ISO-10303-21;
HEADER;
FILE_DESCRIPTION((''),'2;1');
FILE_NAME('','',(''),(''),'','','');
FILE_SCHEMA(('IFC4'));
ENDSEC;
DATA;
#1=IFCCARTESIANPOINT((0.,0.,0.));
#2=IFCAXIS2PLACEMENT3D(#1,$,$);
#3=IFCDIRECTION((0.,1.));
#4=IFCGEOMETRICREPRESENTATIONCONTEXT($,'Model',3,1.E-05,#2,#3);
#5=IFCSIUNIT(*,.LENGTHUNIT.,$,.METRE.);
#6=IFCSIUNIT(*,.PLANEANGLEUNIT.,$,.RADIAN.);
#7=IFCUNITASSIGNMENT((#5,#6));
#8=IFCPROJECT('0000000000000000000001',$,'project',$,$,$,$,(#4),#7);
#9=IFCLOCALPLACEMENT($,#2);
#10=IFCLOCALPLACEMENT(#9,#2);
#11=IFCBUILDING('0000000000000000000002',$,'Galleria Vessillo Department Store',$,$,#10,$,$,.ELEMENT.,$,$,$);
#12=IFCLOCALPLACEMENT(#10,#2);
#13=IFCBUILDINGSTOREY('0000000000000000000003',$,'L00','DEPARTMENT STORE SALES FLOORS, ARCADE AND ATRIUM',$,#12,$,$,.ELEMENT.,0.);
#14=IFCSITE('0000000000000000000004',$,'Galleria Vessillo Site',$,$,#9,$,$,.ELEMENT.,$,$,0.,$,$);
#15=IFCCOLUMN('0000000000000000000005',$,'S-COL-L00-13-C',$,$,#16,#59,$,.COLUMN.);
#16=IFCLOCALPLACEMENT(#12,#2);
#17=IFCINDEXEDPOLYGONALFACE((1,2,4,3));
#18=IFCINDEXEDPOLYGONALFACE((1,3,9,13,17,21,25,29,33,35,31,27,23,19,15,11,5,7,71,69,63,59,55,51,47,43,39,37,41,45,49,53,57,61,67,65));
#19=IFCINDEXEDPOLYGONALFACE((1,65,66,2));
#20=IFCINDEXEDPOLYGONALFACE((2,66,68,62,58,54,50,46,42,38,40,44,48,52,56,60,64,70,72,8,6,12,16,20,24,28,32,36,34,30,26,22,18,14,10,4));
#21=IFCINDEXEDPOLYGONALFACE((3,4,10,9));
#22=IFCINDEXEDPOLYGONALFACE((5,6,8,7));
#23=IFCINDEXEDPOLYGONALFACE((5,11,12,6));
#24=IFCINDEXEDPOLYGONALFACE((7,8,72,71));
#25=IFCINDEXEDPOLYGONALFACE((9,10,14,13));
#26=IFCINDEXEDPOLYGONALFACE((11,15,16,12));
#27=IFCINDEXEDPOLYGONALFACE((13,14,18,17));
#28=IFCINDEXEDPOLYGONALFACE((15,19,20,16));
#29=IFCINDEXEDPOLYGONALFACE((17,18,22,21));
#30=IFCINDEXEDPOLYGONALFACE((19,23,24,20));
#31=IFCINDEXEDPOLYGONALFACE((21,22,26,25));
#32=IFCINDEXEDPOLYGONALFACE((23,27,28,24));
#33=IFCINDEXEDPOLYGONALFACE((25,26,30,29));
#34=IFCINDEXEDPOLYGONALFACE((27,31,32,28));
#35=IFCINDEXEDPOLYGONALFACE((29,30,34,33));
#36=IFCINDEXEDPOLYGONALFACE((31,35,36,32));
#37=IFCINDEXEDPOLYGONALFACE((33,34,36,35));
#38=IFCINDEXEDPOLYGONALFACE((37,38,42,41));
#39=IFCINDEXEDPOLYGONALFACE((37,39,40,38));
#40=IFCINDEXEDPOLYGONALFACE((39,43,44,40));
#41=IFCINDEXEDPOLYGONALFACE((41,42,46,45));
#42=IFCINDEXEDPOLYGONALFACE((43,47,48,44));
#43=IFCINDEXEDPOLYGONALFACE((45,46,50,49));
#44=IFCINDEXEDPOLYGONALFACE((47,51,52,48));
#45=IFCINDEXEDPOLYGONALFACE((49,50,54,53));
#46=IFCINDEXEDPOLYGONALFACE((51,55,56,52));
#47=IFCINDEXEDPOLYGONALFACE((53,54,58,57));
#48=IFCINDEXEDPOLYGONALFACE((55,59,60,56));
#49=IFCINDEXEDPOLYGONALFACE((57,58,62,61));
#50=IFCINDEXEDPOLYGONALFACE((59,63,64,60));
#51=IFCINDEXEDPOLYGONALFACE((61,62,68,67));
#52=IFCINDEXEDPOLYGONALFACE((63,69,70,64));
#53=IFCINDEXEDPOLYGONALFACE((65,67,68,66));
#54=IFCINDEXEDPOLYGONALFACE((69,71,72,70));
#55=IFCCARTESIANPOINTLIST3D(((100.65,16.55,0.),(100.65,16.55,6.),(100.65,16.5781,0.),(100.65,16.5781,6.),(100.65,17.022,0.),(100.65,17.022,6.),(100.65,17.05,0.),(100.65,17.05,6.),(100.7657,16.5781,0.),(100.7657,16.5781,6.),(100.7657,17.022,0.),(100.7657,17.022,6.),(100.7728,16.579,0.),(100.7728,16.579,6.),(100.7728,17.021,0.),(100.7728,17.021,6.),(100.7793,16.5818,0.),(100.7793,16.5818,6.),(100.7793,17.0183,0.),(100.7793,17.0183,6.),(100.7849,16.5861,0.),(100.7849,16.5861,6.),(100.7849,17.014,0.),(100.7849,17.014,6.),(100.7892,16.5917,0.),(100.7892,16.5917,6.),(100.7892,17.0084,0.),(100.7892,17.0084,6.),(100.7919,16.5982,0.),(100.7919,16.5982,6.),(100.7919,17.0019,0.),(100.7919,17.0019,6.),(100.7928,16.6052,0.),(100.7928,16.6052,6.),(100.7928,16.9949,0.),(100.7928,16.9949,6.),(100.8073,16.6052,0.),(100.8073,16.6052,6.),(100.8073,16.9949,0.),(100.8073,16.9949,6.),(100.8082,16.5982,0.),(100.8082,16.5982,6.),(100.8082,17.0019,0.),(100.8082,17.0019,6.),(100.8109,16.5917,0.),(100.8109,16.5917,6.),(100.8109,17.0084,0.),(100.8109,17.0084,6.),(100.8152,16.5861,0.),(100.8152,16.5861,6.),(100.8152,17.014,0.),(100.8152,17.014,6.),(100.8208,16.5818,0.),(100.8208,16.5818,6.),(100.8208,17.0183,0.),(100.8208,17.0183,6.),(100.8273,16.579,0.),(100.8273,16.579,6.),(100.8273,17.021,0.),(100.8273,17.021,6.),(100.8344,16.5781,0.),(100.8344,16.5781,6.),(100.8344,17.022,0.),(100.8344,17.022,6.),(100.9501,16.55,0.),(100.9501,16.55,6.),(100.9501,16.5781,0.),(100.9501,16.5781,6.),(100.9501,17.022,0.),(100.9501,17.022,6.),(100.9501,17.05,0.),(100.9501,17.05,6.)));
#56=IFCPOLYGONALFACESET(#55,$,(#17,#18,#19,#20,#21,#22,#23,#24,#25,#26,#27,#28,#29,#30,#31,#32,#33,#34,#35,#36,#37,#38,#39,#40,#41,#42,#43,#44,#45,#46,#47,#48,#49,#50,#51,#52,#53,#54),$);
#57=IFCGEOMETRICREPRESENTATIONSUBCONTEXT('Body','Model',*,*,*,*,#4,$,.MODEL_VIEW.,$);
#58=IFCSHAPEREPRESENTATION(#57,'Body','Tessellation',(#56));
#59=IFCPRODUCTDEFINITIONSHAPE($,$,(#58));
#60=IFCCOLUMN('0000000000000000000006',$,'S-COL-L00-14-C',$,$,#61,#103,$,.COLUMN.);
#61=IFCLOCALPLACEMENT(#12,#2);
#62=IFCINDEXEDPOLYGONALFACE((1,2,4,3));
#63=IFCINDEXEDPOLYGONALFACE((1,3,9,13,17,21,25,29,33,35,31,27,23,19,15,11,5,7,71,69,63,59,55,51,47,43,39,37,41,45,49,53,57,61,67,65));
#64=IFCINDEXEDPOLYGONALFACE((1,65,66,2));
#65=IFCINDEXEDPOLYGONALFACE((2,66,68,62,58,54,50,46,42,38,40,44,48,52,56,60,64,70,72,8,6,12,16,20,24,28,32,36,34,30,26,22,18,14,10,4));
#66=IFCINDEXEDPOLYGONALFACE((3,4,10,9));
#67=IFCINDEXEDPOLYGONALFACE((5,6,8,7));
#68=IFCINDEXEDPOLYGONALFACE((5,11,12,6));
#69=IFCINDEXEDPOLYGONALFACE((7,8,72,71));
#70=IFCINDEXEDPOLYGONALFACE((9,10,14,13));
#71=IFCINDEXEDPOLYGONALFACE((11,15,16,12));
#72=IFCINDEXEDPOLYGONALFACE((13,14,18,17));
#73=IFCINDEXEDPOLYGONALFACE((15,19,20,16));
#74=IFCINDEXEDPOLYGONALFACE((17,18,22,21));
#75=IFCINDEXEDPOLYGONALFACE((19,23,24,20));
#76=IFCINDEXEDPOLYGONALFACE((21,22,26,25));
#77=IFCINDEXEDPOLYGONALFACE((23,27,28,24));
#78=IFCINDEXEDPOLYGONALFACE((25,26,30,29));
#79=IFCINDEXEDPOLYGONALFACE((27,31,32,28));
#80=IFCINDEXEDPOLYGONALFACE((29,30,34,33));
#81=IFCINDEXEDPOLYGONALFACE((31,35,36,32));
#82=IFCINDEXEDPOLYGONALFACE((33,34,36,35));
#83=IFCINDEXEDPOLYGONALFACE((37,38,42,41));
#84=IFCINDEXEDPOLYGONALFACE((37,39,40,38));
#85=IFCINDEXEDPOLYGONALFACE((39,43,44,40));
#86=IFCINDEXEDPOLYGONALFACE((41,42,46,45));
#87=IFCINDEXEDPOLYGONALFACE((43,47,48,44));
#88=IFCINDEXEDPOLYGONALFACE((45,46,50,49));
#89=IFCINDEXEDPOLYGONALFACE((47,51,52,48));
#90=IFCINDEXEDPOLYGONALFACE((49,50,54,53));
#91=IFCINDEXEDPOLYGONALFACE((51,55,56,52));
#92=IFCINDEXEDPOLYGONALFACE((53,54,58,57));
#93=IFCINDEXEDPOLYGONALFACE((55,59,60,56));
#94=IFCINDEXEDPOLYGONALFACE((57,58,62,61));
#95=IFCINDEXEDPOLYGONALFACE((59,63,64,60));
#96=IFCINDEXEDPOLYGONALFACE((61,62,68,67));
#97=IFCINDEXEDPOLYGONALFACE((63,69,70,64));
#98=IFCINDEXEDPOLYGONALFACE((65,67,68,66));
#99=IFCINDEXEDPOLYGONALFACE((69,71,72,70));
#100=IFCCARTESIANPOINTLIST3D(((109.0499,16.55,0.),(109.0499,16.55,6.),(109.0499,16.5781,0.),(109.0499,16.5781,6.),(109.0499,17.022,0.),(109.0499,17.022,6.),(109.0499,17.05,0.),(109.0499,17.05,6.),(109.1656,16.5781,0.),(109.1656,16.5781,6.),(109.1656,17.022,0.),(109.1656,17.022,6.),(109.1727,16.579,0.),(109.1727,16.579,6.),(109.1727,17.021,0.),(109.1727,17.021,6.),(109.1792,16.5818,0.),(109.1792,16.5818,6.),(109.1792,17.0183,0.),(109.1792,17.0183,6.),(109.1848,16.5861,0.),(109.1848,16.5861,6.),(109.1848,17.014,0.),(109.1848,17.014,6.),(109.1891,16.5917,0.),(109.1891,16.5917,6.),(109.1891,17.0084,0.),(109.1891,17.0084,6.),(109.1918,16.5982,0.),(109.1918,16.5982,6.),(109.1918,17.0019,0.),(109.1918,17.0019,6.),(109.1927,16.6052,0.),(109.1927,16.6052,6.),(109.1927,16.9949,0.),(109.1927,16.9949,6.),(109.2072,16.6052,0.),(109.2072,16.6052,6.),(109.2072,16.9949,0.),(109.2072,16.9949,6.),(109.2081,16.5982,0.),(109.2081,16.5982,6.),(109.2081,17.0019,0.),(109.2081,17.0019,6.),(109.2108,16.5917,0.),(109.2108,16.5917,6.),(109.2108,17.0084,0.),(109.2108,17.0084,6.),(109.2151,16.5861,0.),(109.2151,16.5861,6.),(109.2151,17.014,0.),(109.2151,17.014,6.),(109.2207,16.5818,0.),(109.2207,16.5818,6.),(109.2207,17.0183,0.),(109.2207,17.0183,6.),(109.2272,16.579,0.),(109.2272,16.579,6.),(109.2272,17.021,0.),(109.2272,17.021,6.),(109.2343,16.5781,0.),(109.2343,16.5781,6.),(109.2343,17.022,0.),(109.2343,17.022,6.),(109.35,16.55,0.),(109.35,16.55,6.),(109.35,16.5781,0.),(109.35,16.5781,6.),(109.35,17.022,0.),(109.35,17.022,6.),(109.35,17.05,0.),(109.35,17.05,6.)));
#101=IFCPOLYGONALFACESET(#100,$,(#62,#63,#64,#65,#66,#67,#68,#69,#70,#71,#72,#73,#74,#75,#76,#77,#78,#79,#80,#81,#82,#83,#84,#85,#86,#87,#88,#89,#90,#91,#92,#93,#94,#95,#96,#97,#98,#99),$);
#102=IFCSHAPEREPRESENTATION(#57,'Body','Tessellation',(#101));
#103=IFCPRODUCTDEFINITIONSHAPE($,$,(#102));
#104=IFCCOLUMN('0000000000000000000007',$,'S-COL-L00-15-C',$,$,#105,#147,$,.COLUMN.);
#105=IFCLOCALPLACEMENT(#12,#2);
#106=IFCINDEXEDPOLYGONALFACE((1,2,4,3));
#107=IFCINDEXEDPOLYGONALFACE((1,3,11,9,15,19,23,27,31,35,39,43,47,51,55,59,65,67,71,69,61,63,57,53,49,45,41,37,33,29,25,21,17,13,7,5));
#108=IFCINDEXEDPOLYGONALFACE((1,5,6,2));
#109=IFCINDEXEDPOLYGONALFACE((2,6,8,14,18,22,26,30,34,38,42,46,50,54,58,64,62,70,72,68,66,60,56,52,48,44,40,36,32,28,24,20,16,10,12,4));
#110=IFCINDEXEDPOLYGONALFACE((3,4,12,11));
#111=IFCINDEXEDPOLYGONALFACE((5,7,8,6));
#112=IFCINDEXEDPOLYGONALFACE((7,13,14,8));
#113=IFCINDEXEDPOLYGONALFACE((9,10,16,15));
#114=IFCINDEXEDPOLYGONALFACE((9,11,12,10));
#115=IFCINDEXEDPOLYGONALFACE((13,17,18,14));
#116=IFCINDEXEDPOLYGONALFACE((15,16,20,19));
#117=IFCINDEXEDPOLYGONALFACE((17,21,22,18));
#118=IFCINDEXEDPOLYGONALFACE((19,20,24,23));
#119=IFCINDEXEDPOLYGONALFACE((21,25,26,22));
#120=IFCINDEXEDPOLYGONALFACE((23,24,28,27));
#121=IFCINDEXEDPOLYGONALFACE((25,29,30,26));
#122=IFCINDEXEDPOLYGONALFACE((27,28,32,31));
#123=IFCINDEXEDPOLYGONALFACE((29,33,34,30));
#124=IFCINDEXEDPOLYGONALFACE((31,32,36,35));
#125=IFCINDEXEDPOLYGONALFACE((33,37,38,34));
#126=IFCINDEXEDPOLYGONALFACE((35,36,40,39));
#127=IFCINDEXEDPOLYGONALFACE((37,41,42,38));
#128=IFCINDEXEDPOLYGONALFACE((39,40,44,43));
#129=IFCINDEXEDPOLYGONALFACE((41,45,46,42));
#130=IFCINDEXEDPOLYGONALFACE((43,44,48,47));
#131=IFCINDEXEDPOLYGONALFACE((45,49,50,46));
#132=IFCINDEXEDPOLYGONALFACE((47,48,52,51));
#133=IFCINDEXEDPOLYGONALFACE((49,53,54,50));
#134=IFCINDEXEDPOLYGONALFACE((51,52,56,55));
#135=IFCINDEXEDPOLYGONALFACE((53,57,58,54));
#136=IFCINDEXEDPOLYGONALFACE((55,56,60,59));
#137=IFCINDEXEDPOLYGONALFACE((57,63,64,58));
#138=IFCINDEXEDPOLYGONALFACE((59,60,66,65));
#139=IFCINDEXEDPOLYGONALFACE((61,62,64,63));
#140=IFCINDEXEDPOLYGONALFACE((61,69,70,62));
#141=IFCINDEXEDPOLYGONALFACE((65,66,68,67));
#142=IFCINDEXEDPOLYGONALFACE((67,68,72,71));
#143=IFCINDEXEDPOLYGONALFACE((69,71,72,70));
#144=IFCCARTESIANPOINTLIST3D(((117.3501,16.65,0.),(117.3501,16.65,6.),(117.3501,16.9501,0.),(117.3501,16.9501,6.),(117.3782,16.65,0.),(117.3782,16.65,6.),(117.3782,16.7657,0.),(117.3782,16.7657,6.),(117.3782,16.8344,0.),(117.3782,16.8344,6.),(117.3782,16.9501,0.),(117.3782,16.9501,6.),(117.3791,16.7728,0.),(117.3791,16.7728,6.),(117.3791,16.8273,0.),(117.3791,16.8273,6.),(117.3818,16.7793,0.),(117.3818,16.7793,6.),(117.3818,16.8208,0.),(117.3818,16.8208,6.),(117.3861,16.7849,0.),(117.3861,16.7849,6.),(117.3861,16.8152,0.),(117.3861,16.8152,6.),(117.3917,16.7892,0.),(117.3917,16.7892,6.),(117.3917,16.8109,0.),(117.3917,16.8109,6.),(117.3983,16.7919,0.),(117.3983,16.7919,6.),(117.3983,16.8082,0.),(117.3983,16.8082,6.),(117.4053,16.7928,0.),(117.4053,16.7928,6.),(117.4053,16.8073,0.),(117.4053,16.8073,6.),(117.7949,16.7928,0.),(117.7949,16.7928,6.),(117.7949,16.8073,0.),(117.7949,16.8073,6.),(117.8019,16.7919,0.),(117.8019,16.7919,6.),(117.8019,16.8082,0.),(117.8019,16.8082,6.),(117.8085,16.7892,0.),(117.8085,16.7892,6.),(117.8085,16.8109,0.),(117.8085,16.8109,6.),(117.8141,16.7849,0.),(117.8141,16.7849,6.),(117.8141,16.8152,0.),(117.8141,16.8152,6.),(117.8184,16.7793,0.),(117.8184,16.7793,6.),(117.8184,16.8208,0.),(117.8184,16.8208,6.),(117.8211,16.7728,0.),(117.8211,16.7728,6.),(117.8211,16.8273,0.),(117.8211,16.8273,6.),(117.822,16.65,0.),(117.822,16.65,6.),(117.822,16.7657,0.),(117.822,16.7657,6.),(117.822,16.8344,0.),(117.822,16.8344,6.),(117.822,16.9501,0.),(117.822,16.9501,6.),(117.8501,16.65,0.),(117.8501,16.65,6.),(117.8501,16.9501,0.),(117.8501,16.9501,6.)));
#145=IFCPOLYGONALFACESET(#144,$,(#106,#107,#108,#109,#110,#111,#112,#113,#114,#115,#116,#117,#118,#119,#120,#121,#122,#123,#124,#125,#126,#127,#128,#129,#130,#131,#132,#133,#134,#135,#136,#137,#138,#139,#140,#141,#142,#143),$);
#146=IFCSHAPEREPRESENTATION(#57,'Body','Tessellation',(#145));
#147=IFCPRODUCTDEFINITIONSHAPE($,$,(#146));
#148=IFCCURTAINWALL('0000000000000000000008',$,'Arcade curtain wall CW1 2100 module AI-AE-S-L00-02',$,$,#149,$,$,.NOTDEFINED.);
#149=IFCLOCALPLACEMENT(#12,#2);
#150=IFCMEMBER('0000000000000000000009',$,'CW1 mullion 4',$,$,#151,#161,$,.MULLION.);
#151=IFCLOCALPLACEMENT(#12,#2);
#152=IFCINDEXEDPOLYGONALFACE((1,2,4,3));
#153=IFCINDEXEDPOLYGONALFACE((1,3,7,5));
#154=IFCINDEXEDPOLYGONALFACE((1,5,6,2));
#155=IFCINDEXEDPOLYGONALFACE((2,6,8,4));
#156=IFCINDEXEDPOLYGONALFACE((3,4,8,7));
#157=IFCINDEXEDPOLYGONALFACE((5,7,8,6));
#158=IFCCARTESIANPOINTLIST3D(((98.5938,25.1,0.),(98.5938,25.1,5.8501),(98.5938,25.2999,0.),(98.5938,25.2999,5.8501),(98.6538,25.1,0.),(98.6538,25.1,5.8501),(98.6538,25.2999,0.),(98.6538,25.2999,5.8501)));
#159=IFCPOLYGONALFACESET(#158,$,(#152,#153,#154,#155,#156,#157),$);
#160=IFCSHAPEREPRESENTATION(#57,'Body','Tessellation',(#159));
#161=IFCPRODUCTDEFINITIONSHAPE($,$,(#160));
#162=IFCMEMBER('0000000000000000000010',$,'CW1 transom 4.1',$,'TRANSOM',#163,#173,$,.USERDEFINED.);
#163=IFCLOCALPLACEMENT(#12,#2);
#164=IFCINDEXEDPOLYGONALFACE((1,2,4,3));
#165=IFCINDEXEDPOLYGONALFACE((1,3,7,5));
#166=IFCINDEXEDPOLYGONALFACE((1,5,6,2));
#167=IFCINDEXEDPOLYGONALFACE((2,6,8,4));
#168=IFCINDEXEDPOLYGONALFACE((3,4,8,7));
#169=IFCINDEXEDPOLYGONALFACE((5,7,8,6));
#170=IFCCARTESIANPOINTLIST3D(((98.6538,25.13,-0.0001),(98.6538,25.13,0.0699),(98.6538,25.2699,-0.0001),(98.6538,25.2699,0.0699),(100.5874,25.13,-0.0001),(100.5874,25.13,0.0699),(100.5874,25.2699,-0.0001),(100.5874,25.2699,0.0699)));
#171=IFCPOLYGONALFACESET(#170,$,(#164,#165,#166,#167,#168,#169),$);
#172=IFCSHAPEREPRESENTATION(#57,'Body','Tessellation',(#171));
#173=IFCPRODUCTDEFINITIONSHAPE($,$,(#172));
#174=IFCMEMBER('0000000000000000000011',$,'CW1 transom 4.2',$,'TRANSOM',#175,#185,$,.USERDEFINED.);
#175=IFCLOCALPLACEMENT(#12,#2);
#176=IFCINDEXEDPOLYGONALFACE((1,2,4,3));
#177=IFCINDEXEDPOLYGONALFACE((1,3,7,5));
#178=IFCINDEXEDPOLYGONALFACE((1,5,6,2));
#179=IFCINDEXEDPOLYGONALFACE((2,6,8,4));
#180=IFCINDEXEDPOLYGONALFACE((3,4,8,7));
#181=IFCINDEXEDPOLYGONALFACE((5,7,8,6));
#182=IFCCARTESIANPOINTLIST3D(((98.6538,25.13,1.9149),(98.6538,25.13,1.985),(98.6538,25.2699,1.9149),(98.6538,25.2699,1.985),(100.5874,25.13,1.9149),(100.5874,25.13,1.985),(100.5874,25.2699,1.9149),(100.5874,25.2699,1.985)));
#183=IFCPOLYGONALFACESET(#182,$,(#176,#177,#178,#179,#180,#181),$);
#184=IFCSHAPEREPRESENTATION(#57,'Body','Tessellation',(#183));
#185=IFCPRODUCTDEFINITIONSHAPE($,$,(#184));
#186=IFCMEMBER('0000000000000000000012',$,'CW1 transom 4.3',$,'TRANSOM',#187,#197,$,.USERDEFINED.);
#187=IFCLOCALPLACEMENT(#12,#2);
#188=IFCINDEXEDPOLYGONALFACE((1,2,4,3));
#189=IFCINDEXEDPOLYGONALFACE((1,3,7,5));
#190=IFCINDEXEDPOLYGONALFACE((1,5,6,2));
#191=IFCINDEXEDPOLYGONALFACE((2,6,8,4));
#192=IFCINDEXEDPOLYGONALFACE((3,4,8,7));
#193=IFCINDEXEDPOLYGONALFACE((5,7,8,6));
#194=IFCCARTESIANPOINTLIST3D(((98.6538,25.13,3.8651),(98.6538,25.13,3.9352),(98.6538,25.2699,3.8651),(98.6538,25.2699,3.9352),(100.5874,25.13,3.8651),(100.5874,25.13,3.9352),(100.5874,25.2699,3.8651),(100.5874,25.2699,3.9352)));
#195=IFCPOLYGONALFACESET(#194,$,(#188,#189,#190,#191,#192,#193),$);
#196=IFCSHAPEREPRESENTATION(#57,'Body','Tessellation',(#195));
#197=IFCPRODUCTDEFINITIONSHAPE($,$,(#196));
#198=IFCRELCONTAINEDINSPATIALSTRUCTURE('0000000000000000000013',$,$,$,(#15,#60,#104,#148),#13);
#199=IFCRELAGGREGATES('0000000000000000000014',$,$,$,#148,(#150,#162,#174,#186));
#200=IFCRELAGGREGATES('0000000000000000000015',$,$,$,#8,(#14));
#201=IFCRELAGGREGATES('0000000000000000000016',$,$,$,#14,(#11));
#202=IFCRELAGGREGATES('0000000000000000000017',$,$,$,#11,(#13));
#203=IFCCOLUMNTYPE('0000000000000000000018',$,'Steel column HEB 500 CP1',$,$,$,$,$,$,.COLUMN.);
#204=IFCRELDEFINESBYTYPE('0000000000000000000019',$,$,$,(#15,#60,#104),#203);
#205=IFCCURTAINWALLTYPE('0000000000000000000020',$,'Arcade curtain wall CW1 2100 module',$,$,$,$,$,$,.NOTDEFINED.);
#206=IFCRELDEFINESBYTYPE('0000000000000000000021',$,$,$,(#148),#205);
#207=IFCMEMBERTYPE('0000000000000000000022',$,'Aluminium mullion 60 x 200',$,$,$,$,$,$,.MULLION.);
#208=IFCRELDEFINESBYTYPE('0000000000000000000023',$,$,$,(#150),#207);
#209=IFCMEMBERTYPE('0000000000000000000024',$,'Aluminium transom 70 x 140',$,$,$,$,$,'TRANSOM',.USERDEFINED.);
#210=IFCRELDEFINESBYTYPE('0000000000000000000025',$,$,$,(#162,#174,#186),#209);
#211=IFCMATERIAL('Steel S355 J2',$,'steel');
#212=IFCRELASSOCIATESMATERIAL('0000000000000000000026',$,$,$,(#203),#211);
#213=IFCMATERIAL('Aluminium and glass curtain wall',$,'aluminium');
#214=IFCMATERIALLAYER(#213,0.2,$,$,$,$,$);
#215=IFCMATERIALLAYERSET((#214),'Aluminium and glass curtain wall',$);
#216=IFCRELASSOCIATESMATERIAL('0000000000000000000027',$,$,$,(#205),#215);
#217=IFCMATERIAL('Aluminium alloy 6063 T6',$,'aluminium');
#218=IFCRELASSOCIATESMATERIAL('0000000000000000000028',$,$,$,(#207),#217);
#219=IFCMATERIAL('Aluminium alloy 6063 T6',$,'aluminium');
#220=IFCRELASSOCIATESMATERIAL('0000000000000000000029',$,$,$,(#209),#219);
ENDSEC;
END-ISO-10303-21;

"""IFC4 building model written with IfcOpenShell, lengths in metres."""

from ifc_helpers import new_model, si_unit, direction, frame, origin, origin_2d, place, context, subcontext, project, spatial, rectangle, i_section, extrude, material, layer, layer_set, material_profile, profile_set, type_object, element, aggregate, save


model = new_model("IFC4")

# Units and contexts
model_context = context("Model", 3, precision=1e-05, world=origin(), true_north=direction((0.0, 1.0)))
body_context = subcontext(model_context, "Body", "Model", "MODEL_VIEW")
ifc_project = project(units=[si_unit("LENGTHUNIT", "METRE"), si_unit("PLANEANGLEUNIT", "RADIAN")], contexts=[model_context])

# Site, building, storey
site_placement = place(None, origin())
site = spatial("IfcSite", under=ifc_project, at=site_placement, Name="Galleria Vessillo Site", CompositionType="ELEMENT", RefElevation=0.0)
building_placement = place(site_placement, origin())
building = spatial("IfcBuilding", under=site, at=building_placement, Name="Galleria Vessillo Department Store", CompositionType="ELEMENT")
storey_placement = place(building_placement, origin())
storey = spatial("IfcBuildingStorey", under=building, at=storey_placement, Name="L00", Description="DEPARTMENT STORE SALES FLOORS, ARCADE AND ATRIUM", CompositionType="ELEMENT", Elevation=0.0)

# Columns
ifc_material_1 = material(Name="Steel S355 J2", Category="steel")
ifc_material_profile_1 = material_profile(ifc_material_1, i_section(OverallWidth=0.3, OverallDepth=0.5, WebThickness=0.0144, FlangeThickness=0.0281, FilletRadius=0.0271, at=origin_2d()), Name="HEB 500")
ifc_profile_set_1 = profile_set([ifc_material_profile_1], Name="Steel S355 J2")
column_type = type_object("IfcColumnType", Name="Steel column HEB 500 CP1", PredefinedType="COLUMN", material=ifc_profile_set_1)
for number, where, z_axis, x_axis, name in (
    (1, (100.8, 16.8, 0.0), (0.0, 0.0, 1.0), (1.0, 0.0, 0.0), "S-COL-L00-13-C"),
    (2, (109.2, 16.8, 0.0), (0.0, 0.0, 1.0), (1.0, 0.0, 0.0), "S-COL-L00-14-C"),
    (3, (117.6001, 16.8, 0.0), (0.0, 0.0, 1.0), (0.0, 1.0, 0.0), "S-COL-L00-15-C"),
):
    element("IfcColumn", number, at=place(storey_placement, frame(where, z_axis=z_axis, x_axis=x_axis)), inside=storey, type_object=column_type, Name=name, PredefinedType="COLUMN", context=body_context, shape_type="SweptSolid", body=[
        extrude(i_section(OverallWidth=0.3, OverallDepth=0.5, WebThickness=0.0144, FlangeThickness=0.0281, FilletRadius=0.0271, at=origin_2d()), origin(), (0.0, 0.0, 1.0), 6.0),
    ])

# Curtain wall, members
ifc_material_2 = material(Name="Aluminium and glass curtain wall", Category="aluminium")
ifc_layer_1 = layer(ifc_material_2, 0.2)
ifc_layer_set_1 = layer_set([ifc_layer_1], Name="Aluminium and glass curtain wall")
curtain_wall_type = type_object("IfcCurtainWallType", Name="Arcade curtain wall CW1 2100 module", PredefinedType="NOTDEFINED", material=ifc_layer_set_1)
curtain_wall_placement = place(storey_placement, origin())
curtain_wall = element("IfcCurtainWall", 4, at=curtain_wall_placement, inside=storey, type_object=curtain_wall_type, Name="Arcade curtain wall CW1 2100 module AI-AE-S-L00-02", PredefinedType="NOTDEFINED")
ifc_material_3 = material(Name="Aluminium alloy 6063 T6", Category="aluminium")
ifc_material_profile_2 = material_profile(ifc_material_3, rectangle(XDim=0.2, YDim=0.0601, at=origin_2d()), Name="AL 60x200")
ifc_profile_set_2 = profile_set([ifc_material_profile_2], Name="Aluminium alloy 6063 T6")
member_type_1 = type_object("IfcMemberType", Name="Aluminium mullion 60 x 200", PredefinedType="MULLION", material=ifc_profile_set_2)
member_1_placement = place(storey_placement, frame((98.6238, 25.2, 0.0), z_axis=(0.0, 0.0, 1.0), x_axis=(0.0, 1.0, 0.0)))
member_1 = element("IfcMember", 5, at=member_1_placement, type_object=member_type_1, Name="CW1 mullion 4", PredefinedType="MULLION", context=body_context, shape_type="SweptSolid", body=[
    extrude(rectangle(XDim=0.2, YDim=0.0601, at=origin_2d()), origin(), (0.0, 0.0, 1.0), 5.8501),
])
ifc_material_4 = material(Name="Aluminium alloy 6063 T6", Category="aluminium")
ifc_material_profile_3 = material_profile(ifc_material_4, rectangle(XDim=0.1399, YDim=0.0701, at=origin_2d()), Name="AL 70x140")
ifc_profile_set_3 = profile_set([ifc_material_profile_3], Name="Aluminium alloy 6063 T6")
member_type_2 = type_object("IfcMemberType", Name="Aluminium transom 70 x 140", ElementType="TRANSOM", PredefinedType="USERDEFINED", material=ifc_profile_set_3)
member_2_placement = place(storey_placement, frame((98.6538, 25.2, 0.0349), z_axis=(1.0, 0.0, 0.0), x_axis=(0.0, 1.0, 0.0)))
member_2 = element("IfcMember", 6, at=member_2_placement, type_object=member_type_2, Name="CW1 transom 4.1", ObjectType="TRANSOM", PredefinedType="USERDEFINED", context=body_context, shape_type="SweptSolid", body=[
    extrude(rectangle(XDim=0.1399, YDim=0.0701, at=origin_2d()), origin(), (0.0, 0.0, 1.0), 1.9336),
])
member_3_placement = place(storey_placement, frame((98.6538, 25.2, 1.95), z_axis=(1.0, 0.0, 0.0), x_axis=(0.0, 1.0, 0.0)))
member_3 = element("IfcMember", 7, at=member_3_placement, type_object=member_type_2, Name="CW1 transom 4.2", ObjectType="TRANSOM", PredefinedType="USERDEFINED", context=body_context, shape_type="SweptSolid", body=[
    extrude(rectangle(XDim=0.1399, YDim=0.0701, at=origin_2d()), origin(), (0.0, 0.0, 1.0), 1.9336),
])
member_4_placement = place(storey_placement, frame((98.6538, 25.2, 3.9001), z_axis=(1.0, 0.0, 0.0), x_axis=(0.0, 1.0, 0.0)))
member_4 = element("IfcMember", 8, at=member_4_placement, type_object=member_type_2, Name="CW1 transom 4.3", ObjectType="TRANSOM", PredefinedType="USERDEFINED", context=body_context, shape_type="SweptSolid", body=[
    extrude(rectangle(XDim=0.1399, YDim=0.0701, at=origin_2d()), origin(), (0.0, 0.0, 1.0), 1.9336),
])

aggregate(curtain_wall, [member_1, member_2, member_3, member_4])

save(model, "model.ifc")
